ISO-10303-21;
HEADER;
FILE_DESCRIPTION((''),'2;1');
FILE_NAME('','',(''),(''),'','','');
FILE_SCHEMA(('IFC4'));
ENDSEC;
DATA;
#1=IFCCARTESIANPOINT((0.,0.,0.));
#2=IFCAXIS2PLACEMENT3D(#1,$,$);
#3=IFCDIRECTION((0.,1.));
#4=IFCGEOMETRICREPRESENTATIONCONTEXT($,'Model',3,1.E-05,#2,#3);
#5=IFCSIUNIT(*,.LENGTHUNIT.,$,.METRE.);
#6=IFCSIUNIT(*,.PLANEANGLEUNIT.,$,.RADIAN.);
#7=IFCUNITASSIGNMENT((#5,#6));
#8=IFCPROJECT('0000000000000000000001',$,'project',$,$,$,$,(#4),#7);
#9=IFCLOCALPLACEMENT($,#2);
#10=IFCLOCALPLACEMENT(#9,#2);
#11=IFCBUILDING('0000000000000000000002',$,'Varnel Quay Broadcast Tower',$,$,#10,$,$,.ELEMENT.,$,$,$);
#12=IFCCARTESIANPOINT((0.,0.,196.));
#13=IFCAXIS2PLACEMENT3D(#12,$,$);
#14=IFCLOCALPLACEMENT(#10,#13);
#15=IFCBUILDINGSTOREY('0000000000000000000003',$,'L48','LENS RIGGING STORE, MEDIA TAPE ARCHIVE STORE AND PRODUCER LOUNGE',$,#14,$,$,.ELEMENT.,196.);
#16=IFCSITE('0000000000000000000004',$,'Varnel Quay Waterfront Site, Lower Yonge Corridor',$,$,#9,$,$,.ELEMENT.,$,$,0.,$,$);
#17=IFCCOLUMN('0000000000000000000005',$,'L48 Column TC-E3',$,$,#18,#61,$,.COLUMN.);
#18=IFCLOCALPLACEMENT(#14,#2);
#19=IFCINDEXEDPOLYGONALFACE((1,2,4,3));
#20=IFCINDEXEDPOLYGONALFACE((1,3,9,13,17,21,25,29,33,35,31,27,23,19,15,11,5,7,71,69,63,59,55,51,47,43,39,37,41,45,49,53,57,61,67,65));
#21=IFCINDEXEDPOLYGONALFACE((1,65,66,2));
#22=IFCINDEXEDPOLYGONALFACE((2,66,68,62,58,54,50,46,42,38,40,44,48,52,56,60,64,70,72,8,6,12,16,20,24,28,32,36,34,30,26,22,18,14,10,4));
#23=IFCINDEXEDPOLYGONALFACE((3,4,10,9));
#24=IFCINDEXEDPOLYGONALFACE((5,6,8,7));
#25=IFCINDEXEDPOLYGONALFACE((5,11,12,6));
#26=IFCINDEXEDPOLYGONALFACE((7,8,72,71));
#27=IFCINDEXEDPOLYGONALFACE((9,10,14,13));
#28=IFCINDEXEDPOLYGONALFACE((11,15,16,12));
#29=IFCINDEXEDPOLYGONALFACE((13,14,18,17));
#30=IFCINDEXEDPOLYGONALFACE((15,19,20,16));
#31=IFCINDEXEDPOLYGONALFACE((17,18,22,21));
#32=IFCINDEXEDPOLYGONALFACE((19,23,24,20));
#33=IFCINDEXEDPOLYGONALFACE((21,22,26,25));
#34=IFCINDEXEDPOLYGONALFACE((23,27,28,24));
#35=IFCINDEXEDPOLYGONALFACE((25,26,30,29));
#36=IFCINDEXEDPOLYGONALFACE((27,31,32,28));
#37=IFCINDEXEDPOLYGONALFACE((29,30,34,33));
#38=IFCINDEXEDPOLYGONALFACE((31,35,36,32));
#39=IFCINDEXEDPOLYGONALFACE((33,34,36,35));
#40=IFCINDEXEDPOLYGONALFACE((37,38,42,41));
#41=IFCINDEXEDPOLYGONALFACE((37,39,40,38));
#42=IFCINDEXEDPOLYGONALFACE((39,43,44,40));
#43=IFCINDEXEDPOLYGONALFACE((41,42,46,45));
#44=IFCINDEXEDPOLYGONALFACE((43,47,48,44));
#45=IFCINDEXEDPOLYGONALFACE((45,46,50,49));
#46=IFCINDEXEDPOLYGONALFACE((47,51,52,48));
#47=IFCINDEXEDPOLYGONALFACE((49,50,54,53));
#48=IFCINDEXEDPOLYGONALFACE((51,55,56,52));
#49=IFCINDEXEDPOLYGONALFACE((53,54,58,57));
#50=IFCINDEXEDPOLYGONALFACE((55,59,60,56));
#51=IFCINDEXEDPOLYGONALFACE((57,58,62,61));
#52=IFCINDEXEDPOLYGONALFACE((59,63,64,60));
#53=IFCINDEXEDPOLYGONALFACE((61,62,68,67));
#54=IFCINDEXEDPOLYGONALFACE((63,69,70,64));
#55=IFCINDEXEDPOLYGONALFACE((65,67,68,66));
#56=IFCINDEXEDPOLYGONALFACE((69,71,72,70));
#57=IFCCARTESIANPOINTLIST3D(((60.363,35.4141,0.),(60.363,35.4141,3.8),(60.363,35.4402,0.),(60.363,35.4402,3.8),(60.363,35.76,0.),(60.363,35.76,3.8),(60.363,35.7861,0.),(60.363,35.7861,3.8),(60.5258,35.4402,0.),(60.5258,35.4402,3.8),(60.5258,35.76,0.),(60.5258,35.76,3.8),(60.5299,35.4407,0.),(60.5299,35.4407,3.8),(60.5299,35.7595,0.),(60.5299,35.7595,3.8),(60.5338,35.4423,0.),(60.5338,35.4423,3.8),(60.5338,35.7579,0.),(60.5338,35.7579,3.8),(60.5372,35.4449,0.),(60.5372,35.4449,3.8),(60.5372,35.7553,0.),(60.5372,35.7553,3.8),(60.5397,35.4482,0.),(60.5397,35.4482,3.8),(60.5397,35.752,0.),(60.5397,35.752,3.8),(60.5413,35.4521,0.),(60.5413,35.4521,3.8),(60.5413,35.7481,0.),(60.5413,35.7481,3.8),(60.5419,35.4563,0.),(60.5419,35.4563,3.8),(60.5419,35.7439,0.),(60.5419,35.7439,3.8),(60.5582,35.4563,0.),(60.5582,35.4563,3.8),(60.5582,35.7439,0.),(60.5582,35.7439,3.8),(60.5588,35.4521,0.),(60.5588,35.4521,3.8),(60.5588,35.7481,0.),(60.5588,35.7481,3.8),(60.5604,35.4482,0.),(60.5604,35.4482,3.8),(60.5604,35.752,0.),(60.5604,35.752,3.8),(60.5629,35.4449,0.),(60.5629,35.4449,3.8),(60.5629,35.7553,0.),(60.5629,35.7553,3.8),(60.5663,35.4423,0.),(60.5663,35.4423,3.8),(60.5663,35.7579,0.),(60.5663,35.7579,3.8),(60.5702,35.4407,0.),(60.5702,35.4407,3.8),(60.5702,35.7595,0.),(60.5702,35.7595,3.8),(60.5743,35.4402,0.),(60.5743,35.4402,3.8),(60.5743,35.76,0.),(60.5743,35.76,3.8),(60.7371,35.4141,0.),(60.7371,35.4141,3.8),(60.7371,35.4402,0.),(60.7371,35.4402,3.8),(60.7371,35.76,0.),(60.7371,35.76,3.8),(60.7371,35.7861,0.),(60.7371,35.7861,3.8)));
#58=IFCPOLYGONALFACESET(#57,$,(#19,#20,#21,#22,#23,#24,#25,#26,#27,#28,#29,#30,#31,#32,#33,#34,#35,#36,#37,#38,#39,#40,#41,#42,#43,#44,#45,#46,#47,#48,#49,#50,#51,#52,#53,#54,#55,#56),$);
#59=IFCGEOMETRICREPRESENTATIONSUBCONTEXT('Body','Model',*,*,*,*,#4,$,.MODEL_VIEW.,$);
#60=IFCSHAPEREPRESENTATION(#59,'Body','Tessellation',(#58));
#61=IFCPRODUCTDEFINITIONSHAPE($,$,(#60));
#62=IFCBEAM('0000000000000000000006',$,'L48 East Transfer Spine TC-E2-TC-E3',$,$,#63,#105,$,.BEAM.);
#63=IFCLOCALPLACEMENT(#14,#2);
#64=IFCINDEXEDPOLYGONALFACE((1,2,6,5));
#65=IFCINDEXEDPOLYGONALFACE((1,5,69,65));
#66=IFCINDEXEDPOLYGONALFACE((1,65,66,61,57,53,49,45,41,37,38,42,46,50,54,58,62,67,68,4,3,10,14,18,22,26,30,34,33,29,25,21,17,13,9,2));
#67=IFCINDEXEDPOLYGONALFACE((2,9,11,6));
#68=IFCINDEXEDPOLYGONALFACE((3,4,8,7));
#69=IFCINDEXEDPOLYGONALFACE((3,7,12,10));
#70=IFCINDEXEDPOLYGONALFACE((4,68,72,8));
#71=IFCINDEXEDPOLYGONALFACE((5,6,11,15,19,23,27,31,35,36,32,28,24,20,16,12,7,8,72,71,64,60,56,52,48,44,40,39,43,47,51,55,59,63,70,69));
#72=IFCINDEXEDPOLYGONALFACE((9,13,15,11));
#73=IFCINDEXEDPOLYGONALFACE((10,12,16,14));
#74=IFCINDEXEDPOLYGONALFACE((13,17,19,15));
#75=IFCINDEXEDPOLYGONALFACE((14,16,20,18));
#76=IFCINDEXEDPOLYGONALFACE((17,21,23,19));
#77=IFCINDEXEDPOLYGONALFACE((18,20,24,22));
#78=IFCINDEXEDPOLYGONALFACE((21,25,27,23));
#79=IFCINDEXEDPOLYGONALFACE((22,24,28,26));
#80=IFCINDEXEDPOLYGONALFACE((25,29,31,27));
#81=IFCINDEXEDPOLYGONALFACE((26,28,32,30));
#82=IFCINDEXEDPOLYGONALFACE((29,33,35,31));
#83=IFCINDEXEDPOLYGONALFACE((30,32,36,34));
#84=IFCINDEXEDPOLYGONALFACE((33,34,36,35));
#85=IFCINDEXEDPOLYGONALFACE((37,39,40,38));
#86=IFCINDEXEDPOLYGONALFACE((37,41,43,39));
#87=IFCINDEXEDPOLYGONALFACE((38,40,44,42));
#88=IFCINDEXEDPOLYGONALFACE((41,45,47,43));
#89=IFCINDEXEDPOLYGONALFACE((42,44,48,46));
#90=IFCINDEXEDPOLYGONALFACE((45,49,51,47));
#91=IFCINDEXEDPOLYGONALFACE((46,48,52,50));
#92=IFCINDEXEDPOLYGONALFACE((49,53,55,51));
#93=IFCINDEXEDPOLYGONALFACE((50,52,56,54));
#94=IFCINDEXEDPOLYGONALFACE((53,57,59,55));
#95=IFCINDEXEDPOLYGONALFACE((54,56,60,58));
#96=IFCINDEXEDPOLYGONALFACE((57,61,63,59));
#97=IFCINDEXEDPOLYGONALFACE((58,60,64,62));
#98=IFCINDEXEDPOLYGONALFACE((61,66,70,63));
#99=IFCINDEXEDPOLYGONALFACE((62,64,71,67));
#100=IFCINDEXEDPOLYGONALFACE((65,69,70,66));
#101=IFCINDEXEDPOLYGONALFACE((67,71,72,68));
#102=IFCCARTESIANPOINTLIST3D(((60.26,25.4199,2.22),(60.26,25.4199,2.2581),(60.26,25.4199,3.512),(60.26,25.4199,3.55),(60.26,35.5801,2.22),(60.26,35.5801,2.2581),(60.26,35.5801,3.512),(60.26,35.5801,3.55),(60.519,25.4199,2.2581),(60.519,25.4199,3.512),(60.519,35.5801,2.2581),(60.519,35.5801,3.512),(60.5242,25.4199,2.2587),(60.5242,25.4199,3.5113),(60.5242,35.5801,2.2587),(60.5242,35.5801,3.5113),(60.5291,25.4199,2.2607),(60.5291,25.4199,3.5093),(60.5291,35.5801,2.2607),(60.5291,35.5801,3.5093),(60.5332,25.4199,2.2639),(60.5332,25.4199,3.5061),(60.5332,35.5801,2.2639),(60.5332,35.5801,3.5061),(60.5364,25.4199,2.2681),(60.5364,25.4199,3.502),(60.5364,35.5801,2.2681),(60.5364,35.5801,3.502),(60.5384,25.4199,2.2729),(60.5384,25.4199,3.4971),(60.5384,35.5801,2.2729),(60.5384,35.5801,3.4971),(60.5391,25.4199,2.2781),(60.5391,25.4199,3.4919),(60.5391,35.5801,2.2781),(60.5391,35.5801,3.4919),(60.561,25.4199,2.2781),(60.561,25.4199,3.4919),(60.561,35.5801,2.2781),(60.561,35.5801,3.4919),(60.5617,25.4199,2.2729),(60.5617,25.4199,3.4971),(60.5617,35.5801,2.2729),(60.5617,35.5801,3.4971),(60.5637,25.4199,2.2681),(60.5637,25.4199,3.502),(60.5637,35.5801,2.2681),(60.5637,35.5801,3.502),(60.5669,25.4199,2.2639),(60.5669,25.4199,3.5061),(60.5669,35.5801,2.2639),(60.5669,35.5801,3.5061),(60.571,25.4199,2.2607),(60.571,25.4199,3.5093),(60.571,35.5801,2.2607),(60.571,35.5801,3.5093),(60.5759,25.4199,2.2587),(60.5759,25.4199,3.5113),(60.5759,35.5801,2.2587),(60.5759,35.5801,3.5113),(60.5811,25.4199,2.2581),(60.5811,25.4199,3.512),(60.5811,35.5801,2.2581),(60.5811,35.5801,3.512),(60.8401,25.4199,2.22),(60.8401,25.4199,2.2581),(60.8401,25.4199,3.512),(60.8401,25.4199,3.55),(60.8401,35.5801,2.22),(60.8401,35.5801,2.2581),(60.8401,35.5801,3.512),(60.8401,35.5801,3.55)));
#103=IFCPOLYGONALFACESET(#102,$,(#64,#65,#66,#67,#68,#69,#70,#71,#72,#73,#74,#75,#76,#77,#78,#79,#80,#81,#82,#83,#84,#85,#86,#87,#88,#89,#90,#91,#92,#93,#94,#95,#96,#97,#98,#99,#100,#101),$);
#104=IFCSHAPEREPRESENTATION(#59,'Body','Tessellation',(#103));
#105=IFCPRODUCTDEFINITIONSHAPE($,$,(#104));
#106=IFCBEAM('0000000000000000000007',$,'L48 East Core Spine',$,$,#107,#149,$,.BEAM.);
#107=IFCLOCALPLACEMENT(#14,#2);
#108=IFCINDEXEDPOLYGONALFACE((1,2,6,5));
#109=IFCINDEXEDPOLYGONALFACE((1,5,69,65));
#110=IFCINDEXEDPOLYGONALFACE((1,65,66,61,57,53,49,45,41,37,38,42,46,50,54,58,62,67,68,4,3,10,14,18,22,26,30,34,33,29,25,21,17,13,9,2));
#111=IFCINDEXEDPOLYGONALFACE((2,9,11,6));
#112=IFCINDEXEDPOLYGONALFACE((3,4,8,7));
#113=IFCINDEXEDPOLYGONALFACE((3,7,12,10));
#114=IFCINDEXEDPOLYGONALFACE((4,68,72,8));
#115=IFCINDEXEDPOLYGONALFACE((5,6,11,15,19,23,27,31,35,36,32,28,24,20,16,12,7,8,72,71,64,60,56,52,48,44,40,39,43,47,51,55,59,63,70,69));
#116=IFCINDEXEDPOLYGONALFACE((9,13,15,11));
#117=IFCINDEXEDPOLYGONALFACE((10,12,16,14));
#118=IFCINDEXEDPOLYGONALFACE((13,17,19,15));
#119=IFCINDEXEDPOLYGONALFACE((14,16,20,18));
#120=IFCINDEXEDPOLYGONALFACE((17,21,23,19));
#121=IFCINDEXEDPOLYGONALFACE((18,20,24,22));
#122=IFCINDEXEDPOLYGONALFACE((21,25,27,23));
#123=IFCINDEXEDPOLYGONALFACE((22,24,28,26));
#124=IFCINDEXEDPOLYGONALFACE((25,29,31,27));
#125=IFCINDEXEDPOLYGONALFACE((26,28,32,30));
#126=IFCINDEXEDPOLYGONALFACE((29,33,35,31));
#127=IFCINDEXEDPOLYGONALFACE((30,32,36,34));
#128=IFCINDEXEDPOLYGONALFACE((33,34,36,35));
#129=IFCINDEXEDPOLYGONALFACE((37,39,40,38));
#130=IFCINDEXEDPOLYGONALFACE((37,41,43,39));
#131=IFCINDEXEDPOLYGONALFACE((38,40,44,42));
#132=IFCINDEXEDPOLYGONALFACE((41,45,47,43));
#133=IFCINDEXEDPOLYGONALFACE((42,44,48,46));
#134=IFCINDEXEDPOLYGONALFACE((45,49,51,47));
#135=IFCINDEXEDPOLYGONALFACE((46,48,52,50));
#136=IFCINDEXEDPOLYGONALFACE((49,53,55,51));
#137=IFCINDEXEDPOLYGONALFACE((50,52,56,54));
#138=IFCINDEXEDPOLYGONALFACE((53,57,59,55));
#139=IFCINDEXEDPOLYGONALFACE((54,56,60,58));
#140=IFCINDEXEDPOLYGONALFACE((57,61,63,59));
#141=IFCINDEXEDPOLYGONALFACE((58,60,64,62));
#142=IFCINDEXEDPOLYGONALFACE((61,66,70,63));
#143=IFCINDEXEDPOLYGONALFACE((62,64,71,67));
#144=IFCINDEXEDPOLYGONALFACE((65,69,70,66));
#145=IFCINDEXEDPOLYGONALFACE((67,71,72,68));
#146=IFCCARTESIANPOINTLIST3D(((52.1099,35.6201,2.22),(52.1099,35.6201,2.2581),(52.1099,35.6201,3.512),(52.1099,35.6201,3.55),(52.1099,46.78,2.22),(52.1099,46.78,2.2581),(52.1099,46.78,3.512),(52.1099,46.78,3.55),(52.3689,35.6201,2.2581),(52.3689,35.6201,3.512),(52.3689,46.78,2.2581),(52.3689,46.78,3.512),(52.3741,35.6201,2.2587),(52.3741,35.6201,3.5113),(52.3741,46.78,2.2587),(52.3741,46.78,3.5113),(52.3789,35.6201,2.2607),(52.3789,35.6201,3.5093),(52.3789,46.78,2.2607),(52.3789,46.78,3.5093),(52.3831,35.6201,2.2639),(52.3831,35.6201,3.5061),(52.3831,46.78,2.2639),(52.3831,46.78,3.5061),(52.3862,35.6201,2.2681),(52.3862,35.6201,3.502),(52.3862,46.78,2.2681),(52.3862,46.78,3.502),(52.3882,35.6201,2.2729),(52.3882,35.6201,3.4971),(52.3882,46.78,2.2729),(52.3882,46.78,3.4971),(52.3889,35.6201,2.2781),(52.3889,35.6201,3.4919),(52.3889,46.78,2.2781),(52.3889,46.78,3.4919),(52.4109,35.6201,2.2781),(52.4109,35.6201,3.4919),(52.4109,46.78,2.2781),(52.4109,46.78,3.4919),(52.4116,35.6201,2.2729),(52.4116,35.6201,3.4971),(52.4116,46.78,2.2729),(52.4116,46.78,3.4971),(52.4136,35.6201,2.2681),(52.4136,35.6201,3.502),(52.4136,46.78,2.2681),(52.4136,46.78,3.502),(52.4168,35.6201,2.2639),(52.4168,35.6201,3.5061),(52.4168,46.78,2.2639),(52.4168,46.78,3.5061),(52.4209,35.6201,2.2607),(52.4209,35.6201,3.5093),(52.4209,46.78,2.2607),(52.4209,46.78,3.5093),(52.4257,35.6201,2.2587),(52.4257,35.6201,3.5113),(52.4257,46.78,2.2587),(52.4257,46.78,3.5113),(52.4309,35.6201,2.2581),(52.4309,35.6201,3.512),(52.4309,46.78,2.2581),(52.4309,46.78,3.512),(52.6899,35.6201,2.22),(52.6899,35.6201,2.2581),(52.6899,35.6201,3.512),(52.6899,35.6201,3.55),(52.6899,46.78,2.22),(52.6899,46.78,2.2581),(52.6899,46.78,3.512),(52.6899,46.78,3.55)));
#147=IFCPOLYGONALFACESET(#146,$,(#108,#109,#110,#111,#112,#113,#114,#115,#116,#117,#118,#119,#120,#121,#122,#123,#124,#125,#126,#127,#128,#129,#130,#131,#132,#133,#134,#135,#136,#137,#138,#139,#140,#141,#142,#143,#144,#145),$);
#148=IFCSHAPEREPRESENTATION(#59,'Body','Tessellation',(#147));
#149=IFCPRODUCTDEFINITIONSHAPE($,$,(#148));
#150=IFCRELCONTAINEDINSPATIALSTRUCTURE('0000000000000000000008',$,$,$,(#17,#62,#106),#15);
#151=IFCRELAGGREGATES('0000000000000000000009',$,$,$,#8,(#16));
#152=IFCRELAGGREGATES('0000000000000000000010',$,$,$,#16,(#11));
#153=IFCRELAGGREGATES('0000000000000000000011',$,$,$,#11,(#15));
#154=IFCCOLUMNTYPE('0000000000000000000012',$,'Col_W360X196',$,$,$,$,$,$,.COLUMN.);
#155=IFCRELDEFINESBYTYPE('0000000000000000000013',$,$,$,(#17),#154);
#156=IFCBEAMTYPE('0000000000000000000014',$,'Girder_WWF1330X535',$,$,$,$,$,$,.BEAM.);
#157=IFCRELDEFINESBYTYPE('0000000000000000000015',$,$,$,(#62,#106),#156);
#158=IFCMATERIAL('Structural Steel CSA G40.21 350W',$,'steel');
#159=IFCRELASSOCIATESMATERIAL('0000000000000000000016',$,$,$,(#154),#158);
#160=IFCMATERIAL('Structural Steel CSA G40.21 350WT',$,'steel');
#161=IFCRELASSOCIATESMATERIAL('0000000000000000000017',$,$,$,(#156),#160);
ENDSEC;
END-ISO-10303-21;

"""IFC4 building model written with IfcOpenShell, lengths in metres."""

from ifc_helpers import new_model, si_unit, direction, frame, origin, origin_2d, place, context, subcontext, project, spatial, i_section, extrude, source, transform, mapped, material, material_profile, profile_set, type_object, type_shapes, element, save


model = new_model("IFC4")

# Units and contexts
model_context = context("Model", 3, precision=1e-05, world=origin(), true_north=direction((0.0, 1.0)))
body_context = subcontext(model_context, "Body", "Model", "MODEL_VIEW")
ifc_project = project(units=[si_unit("LENGTHUNIT", "METRE"), si_unit("PLANEANGLEUNIT", "RADIAN")], contexts=[model_context])

# Site, building, storey
site_placement = place(None, origin())
site = spatial("IfcSite", under=ifc_project, at=site_placement, Name="Varnel Quay Waterfront Site, Lower Yonge Corridor", CompositionType="ELEMENT", RefElevation=0.0)
building_placement = place(site_placement, origin())
building = spatial("IfcBuilding", under=site, at=building_placement, Name="Varnel Quay Broadcast Tower", CompositionType="ELEMENT")
storey_placement = place(building_placement, frame((0.0, 0.0, 196.0)))
storey = spatial("IfcBuildingStorey", under=building, at=storey_placement, Name="L48", Description="LENS RIGGING STORE, MEDIA TAPE ARCHIVE STORE AND PRODUCER LOUNGE", CompositionType="ELEMENT", Elevation=196.0)

# Column
ifc_material_1 = material(Name="Structural Steel CSA G40.21 350WT", Category="steel")
ifc_material_2 = material(Name="Structural Steel CSA G40.21 350W", Category="steel")
ifc_material_profile_1 = material_profile(ifc_material_2, i_section(OverallWidth=0.374, OverallDepth=0.3721, WebThickness=0.0164, FlangeThickness=0.0261, FilletRadius=0.0161, at=origin_2d()), Name="W360X196")
ifc_profile_set_1 = profile_set([ifc_material_profile_1], Name="Structural Steel CSA G40.21 350W")
column_type_1 = type_object("IfcColumnType", Name="Col_W360X196", PredefinedType="COLUMN", material=ifc_profile_set_1)
shared_shape_1 = source(origin(), body_context, "Body", "SweptSolid", [
    extrude(i_section(OverallWidth=0.374, OverallDepth=0.3721, WebThickness=0.0164, FlangeThickness=0.0261, FilletRadius=0.0161, at=origin_2d()), origin(), (0.0, 0.0, 1.0), 3.8),
])
type_shapes(column_type_1, [shared_shape_1])
for number, where, z_axis, x_axis, name in (
    (1, (60.55, 35.6001, 0.0), (0.0, 0.0, 1.0), (1.0, 0.0, 0.0), "L48 Column TC-E3"),
):
    element("IfcColumn", number, at=place(storey_placement, frame(where, z_axis=z_axis, x_axis=x_axis)), inside=storey, type_object=column_type_1, Name=name, PredefinedType="COLUMN", context=body_context, shape_type="MappedRepresentation", body=[
        mapped(shared_shape_1, transform((0.0, 0.0, 0.0), x_axis=(1.0, 0.0, 0.0), y_axis=(0.0, 1.0, 0.0), z_axis=(0.0, 0.0, 1.0), scale=1.0)),
    ])

# Beams
ifc_material_profile_2 = material_profile(ifc_material_1, i_section(OverallWidth=0.5801, OverallDepth=1.3301, WebThickness=0.022, FlangeThickness=0.0381, FilletRadius=0.02, at=origin_2d()), Name="WWF1330X535")
ifc_profile_set_2 = profile_set([ifc_material_profile_2], Name="Structural Steel CSA G40.21 350WT")
beam_type = type_object("IfcBeamType", Name="Girder_WWF1330X535", PredefinedType="BEAM", material=ifc_profile_set_2)
shared_shape_2 = source(origin(), body_context, "Body", "SweptSolid", [
    extrude(i_section(OverallWidth=0.5801, OverallDepth=1.3301, WebThickness=0.022, FlangeThickness=0.0381, FilletRadius=0.02, at=origin_2d()), origin(), (0.0, 0.0, 1.0), 10.1602),
])
beam_1_placement = place(storey_placement, frame((60.55, 25.4199, 2.885), z_axis=(0.0, 1.0, 0.0), x_axis=(-1.0, 0.0, 0.0)))
element("IfcBeam", 2, at=beam_1_placement, inside=storey, type_object=beam_type, Name="L48 East Transfer Spine TC-E2-TC-E3", PredefinedType="BEAM", context=body_context, shape_type="MappedRepresentation", body=[
    mapped(shared_shape_2, transform((0.0, 0.0, 0.0), x_axis=(1.0, 0.0, 0.0), y_axis=(0.0, 1.0, 0.0), z_axis=(0.0, 0.0, 1.0), scale=1.0)),
])
shared_shape_3 = source(origin(), body_context, "Body", "SweptSolid", [
    extrude(i_section(OverallWidth=0.5801, OverallDepth=1.3301, WebThickness=0.022, FlangeThickness=0.0381, FilletRadius=0.02, at=origin_2d()), origin(), (0.0, 0.0, 1.0), 11.1599),
])
beam_2_placement = place(storey_placement, frame((52.3999, 35.6201, 2.885), z_axis=(0.0, 1.0, 0.0), x_axis=(-1.0, 0.0, 0.0)))
element("IfcBeam", 3, at=beam_2_placement, inside=storey, type_object=beam_type, Name="L48 East Core Spine", PredefinedType="BEAM", context=body_context, shape_type="MappedRepresentation", body=[
    mapped(shared_shape_3, transform((0.0, 0.0, 0.0), x_axis=(1.0, 0.0, 0.0), y_axis=(0.0, 1.0, 0.0), z_axis=(0.0, 0.0, 1.0), scale=1.0)),
])

save(model, "model.ifc")
